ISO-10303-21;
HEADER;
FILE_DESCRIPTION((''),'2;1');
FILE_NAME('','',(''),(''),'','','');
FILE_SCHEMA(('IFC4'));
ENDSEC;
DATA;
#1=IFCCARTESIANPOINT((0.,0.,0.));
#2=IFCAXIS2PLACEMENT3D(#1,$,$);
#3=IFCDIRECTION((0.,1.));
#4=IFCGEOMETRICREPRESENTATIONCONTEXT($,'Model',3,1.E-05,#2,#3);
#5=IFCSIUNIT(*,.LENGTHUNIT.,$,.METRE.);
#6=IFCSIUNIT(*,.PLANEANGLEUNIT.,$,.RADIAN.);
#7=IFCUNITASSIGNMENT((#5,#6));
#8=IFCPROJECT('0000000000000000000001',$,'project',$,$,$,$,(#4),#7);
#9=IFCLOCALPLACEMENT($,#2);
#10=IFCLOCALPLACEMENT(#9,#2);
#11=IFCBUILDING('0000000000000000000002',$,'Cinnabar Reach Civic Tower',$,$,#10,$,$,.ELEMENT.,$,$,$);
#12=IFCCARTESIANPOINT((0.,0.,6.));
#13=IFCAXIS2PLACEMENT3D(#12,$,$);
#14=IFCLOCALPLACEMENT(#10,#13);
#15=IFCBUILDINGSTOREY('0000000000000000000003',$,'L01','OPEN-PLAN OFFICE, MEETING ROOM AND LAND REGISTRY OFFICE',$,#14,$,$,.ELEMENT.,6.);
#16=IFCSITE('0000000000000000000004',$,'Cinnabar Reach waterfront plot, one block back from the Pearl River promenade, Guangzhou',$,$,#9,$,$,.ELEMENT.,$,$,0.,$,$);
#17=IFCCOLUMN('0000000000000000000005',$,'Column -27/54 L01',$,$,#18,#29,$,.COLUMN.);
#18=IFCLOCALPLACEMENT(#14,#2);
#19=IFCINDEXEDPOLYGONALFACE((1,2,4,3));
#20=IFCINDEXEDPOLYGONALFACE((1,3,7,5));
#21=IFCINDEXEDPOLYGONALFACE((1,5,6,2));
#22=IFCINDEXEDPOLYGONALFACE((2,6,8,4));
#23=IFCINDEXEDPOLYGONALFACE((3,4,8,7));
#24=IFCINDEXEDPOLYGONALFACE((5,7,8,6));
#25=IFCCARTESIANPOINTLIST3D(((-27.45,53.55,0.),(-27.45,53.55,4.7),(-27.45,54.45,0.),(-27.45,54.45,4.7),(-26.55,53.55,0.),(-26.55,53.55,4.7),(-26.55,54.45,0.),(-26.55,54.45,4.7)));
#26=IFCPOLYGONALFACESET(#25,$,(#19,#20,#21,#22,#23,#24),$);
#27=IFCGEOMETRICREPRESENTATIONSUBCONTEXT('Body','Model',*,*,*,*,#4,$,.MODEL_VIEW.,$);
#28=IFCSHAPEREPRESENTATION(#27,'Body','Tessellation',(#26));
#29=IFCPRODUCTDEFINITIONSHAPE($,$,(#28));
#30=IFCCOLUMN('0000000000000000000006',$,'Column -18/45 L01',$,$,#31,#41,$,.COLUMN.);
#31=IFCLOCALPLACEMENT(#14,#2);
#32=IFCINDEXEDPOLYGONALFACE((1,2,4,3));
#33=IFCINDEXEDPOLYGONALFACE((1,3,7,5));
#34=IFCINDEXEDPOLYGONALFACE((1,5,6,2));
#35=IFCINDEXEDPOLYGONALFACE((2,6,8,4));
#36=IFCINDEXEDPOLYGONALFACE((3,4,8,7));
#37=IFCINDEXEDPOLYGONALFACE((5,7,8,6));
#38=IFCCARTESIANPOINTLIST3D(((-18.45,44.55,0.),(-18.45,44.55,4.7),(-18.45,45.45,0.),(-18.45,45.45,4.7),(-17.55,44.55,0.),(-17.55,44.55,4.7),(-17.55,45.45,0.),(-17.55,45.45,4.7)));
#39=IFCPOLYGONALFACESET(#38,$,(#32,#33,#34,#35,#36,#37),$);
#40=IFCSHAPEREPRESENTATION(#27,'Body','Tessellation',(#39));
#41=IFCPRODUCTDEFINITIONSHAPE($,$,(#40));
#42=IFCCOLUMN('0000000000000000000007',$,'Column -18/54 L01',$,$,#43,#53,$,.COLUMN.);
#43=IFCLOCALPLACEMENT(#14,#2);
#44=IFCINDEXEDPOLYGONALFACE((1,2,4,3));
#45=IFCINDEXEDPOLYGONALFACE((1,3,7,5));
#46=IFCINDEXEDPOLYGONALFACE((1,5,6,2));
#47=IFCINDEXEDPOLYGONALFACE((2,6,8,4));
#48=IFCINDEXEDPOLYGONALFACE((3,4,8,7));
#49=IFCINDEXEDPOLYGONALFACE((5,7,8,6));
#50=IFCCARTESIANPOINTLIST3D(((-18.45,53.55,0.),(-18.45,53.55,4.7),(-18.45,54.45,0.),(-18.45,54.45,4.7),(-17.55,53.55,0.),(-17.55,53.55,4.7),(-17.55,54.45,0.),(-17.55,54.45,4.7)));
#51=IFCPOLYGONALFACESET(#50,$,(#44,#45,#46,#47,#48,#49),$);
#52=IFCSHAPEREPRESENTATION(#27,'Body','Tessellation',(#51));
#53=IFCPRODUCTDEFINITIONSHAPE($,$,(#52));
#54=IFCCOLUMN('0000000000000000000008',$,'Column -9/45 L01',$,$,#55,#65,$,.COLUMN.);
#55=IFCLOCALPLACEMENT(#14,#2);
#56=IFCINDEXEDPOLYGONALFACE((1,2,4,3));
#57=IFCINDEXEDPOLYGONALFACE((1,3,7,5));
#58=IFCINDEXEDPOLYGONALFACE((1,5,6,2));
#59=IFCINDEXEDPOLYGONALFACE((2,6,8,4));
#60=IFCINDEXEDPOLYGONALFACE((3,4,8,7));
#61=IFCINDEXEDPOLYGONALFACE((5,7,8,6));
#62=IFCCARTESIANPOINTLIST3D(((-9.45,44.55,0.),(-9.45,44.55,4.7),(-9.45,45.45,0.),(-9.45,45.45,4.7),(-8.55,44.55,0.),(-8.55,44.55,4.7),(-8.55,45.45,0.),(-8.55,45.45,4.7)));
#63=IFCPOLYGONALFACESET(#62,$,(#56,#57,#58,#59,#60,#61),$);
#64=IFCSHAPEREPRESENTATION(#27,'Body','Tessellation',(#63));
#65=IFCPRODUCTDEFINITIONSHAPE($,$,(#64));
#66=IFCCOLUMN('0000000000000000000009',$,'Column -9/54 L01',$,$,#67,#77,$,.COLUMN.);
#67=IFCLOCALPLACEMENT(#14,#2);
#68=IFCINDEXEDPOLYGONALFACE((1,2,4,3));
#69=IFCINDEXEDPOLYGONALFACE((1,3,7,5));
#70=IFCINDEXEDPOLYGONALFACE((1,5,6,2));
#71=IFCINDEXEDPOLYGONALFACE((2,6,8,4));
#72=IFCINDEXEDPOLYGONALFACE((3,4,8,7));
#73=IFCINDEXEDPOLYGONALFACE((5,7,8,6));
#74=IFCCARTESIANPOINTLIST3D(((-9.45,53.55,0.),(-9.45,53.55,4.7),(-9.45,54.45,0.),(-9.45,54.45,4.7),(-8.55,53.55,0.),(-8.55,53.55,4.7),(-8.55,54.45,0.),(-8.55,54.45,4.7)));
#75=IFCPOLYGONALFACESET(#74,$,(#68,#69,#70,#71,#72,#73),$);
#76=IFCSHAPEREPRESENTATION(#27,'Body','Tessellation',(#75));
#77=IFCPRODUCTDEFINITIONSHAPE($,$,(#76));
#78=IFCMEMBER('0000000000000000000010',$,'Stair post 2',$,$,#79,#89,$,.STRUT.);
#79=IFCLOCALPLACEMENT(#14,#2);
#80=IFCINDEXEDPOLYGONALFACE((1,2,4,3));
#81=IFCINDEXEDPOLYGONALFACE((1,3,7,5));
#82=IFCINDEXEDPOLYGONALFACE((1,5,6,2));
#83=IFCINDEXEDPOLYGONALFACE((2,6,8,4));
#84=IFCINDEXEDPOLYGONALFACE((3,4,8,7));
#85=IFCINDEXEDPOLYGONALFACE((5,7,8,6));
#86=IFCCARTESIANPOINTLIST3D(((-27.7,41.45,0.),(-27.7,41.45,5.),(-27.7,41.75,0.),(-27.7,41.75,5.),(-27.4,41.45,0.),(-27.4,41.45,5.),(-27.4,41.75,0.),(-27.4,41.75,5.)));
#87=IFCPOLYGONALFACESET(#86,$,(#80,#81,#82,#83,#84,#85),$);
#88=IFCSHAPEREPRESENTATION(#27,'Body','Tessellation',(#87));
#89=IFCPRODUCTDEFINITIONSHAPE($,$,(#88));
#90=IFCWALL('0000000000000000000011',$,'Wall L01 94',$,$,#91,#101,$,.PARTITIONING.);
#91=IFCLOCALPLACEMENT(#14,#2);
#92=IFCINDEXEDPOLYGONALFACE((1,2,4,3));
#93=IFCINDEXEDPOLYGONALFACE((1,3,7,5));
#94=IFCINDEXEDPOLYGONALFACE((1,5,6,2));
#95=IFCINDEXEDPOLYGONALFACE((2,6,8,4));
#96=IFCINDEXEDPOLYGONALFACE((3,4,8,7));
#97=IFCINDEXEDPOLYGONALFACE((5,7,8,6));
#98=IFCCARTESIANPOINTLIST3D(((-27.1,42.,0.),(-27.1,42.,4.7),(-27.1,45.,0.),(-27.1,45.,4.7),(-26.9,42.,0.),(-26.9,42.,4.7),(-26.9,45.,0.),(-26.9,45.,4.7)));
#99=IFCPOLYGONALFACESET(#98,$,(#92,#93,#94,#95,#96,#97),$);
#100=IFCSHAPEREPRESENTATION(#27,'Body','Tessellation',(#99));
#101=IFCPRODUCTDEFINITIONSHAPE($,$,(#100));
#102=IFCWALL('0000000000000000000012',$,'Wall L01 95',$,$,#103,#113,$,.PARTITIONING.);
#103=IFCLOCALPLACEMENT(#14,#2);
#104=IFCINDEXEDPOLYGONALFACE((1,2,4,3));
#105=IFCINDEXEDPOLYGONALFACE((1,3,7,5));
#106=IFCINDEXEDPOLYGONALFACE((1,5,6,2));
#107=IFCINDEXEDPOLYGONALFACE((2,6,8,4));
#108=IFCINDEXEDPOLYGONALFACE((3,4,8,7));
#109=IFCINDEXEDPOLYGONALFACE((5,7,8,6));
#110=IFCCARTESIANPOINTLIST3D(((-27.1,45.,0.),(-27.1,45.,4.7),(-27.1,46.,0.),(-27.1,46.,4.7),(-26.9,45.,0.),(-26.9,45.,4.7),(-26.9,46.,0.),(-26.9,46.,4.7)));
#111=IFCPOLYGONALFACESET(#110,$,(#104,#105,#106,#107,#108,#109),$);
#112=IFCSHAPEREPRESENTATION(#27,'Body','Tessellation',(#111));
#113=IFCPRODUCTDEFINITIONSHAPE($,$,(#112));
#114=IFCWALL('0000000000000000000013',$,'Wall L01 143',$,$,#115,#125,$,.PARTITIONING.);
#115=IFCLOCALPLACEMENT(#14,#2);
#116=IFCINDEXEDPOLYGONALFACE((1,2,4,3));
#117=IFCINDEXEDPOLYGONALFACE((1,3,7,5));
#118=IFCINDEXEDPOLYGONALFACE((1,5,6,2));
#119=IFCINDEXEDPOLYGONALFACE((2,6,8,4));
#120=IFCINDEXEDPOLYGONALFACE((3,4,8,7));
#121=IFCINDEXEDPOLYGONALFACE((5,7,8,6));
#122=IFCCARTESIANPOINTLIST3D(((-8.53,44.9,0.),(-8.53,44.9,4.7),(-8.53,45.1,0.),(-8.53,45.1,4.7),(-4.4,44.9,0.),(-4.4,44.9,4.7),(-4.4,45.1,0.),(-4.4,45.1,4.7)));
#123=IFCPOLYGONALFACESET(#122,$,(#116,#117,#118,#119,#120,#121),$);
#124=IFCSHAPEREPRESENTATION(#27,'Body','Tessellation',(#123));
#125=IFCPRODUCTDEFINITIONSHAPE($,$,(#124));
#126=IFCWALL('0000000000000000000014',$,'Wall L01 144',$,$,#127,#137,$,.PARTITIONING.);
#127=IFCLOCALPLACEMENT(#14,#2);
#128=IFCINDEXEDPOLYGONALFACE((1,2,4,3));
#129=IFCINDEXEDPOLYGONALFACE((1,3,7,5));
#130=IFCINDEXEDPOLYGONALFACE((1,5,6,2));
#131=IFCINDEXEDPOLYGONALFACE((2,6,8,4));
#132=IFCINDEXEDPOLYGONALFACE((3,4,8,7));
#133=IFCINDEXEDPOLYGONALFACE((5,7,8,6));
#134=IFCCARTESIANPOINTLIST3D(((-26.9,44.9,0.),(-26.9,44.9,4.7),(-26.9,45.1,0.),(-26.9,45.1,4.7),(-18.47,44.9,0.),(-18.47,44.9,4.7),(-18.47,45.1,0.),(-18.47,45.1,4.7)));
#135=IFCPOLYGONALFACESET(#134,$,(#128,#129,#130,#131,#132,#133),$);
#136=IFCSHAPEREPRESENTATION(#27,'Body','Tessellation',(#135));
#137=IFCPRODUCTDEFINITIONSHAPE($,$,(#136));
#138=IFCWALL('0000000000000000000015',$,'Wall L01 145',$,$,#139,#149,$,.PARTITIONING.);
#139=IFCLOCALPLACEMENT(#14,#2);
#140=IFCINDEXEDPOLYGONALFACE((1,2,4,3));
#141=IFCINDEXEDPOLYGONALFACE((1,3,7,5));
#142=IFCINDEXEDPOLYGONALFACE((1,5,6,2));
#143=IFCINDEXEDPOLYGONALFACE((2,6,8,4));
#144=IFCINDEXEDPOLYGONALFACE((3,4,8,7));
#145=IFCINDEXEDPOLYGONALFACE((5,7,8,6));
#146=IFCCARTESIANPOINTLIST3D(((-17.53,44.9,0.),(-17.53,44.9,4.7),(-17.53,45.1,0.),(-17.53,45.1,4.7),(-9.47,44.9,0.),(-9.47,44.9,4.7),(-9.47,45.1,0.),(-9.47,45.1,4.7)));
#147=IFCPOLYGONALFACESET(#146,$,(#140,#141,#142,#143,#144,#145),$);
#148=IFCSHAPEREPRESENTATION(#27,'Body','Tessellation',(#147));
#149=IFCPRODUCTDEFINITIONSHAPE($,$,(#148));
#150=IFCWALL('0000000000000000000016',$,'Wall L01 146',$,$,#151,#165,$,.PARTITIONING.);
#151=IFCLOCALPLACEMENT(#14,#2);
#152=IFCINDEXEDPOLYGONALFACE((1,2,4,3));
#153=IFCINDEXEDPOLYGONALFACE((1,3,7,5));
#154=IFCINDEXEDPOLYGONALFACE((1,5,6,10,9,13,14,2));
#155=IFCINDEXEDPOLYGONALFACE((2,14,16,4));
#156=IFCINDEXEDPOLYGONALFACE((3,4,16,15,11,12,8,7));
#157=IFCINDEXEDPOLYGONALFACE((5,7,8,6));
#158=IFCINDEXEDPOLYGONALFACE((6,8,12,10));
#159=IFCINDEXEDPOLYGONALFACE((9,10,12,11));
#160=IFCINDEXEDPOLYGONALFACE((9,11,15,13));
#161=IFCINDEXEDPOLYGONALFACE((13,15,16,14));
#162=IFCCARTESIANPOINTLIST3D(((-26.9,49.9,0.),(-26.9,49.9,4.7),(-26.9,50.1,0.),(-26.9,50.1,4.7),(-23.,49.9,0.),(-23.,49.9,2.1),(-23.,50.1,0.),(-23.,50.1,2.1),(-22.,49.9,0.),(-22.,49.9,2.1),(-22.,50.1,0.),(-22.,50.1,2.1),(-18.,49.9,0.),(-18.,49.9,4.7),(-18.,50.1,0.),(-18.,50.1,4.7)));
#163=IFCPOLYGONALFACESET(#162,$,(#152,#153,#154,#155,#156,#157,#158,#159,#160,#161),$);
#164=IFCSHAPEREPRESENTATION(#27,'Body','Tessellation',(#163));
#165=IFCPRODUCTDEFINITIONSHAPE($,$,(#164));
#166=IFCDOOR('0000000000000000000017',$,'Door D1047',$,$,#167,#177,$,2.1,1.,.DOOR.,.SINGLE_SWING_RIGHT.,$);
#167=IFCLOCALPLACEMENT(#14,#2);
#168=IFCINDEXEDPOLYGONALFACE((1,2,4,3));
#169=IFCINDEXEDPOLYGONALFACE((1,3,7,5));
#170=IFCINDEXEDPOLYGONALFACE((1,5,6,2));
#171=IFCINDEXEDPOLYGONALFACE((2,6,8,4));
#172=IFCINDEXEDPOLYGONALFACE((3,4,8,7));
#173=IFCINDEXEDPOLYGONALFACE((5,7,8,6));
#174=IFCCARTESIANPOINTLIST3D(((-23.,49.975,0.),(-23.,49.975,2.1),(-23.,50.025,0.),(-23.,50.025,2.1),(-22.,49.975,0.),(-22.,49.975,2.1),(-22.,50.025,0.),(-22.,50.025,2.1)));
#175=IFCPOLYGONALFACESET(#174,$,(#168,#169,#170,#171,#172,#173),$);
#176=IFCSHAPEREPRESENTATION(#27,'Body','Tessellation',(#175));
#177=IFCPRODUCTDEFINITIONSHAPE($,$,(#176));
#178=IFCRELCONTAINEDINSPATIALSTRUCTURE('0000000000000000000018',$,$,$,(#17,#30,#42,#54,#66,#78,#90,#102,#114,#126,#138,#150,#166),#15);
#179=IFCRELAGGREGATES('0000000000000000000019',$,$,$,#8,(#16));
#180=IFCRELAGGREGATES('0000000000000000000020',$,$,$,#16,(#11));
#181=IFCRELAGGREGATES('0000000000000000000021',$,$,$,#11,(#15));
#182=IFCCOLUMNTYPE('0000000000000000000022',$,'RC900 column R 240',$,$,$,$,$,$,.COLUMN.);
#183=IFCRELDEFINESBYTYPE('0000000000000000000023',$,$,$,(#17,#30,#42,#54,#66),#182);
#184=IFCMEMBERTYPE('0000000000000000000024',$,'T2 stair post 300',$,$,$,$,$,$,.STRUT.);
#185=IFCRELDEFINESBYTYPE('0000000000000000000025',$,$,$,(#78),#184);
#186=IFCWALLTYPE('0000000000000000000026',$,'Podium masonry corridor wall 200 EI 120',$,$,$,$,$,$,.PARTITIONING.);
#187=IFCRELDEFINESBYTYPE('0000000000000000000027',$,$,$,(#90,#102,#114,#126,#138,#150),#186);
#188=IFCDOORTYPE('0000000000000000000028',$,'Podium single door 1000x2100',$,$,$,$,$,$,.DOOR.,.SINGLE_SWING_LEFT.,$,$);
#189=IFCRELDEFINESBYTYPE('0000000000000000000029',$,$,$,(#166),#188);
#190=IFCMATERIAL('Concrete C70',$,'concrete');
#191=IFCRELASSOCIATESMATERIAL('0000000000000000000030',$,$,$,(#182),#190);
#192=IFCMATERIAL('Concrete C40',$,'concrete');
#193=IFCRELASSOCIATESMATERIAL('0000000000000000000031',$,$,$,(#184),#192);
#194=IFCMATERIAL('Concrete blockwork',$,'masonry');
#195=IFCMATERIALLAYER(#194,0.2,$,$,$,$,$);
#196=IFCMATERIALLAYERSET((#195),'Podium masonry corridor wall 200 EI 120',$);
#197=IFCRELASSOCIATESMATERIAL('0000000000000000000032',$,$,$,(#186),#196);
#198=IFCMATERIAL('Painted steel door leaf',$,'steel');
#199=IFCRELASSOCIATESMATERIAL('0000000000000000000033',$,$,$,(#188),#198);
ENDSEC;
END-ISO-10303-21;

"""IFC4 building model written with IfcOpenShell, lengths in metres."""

from ifc_helpers import new_model, si_unit, direction, frame, frame_2d, origin, origin_2d, place, context, subcontext, project, spatial, rectangle, extrude, material, layer, layer_set, material_profile, profile_set, type_object, element, fill, save


model = new_model("IFC4")

# Units and contexts
model_context = context("Model", 3, precision=1e-05, world=origin(), true_north=direction((0.0, 1.0)))
body_context = subcontext(model_context, "Body", "Model", "MODEL_VIEW")
ifc_project = project(units=[si_unit("LENGTHUNIT", "METRE"), si_unit("PLANEANGLEUNIT", "RADIAN")], contexts=[model_context])

# Site, building, storey
site_placement = place(None, origin())
site = spatial("IfcSite", under=ifc_project, at=site_placement, Name="Cinnabar Reach waterfront plot, one block back from the Pearl River promenade, Guangzhou", CompositionType="ELEMENT", RefElevation=0.0)
building_placement = place(site_placement, origin())
building = spatial("IfcBuilding", under=site, at=building_placement, Name="Cinnabar Reach Civic Tower", CompositionType="ELEMENT")
storey_placement = place(building_placement, frame((0.0, 0.0, 6.0)))
storey = spatial("IfcBuildingStorey", under=building, at=storey_placement, Name="L01", Description="OPEN-PLAN OFFICE, MEETING ROOM AND LAND REGISTRY OFFICE", CompositionType="ELEMENT", Elevation=6.0)

# Columns
ifc_material_1 = material(Name="Concrete C70", Category="concrete")
ifc_material_profile_1 = material_profile(ifc_material_1, rectangle(XDim=0.9, YDim=0.9, at=origin_2d()), Name="RC900")
ifc_profile_set_1 = profile_set([ifc_material_profile_1], Name="Concrete C70")
column_type = type_object("IfcColumnType", Name="RC900 column R 240", PredefinedType="COLUMN", material=ifc_profile_set_1)
for number, where, z_axis, x_axis, name in (
    (1, (-27.0, 54.0, 0.0), (0.0, 0.0, 1.0), (1.0, 0.0, 0.0), "Column -27/54 L01"),
    (2, (-18.0, 45.0, 0.0), (0.0, 0.0, 1.0), (1.0, 0.0, 0.0), "Column -18/45 L01"),
    (3, (-18.0, 54.0, 0.0), (0.0, 0.0, 1.0), (1.0, 0.0, 0.0), "Column -18/54 L01"),
    (4, (-9.0, 45.0, 0.0), (0.0, 0.0, 1.0), (1.0, 0.0, 0.0), "Column -9/45 L01"),
    (5, (-9.0, 54.0, 0.0), (0.0, 0.0, 1.0), (1.0, 0.0, 0.0), "Column -9/54 L01"),
):
    element("IfcColumn", number, at=place(storey_placement, frame(where, z_axis=z_axis, x_axis=x_axis)), inside=storey, type_object=column_type, Name=name, PredefinedType="COLUMN", context=body_context, shape_type="SweptSolid", body=[
        extrude(rectangle(XDim=0.9, YDim=0.9, at=origin_2d()), origin(), (0.0, 0.0, 1.0), 4.7),
    ])

# Member
ifc_material_2 = material(Name="Concrete C40", Category="concrete")
ifc_material_profile_2 = material_profile(ifc_material_2, rectangle(XDim=0.3, YDim=0.3, at=origin_2d()), Name="C300")
ifc_profile_set_2 = profile_set([ifc_material_profile_2], Name="Concrete C40")
member_type = type_object("IfcMemberType", Name="T2 stair post 300", PredefinedType="STRUT", material=ifc_profile_set_2)
member_placement = place(storey_placement, frame((-27.55, 41.6, 0.0), z_axis=(0.0, 0.0, 1.0), x_axis=(1.0, 0.0, 0.0)))
element("IfcMember", 6, at=member_placement, inside=storey, type_object=member_type, Name="Stair post 2", PredefinedType="STRUT", context=body_context, shape_type="SweptSolid", body=[
    extrude(rectangle(XDim=0.3, YDim=0.3, at=origin_2d()), origin(), (0.0, 0.0, 1.0), 5.0),
])

# Walls
ifc_material_3 = material(Name="Concrete blockwork", Category="masonry")
ifc_layer_1 = layer(ifc_material_3, 0.2)
ifc_layer_set_1 = layer_set([ifc_layer_1], Name="Podium masonry corridor wall 200 EI 120")
wall_type_1 = type_object("IfcWallType", Name="Podium masonry corridor wall 200 EI 120", PredefinedType="PARTITIONING", material=ifc_layer_set_1)
wall_1_placement = place(storey_placement, frame((-27.0, 42.0, 0.0), z_axis=(0.0, 0.0, 1.0), x_axis=(0.0, 1.0, 0.0)))
element("IfcWall", 7, at=wall_1_placement, inside=storey, type_object=wall_type_1, Name="Wall L01 94", PredefinedType="PARTITIONING", context=body_context, shape_type="SweptSolid", body=[
    extrude(rectangle(XDim=3.0, YDim=0.2, at=frame_2d((1.5, 0.0))), origin(), (0.0, 0.0, 1.0), 4.7),
])
wall_2_placement = place(storey_placement, frame((-27.0, 45.0, 0.0), z_axis=(0.0, 0.0, 1.0), x_axis=(0.0, 1.0, 0.0)))
element("IfcWall", 8, at=wall_2_placement, inside=storey, type_object=wall_type_1, Name="Wall L01 95", PredefinedType="PARTITIONING", context=body_context, shape_type="SweptSolid", body=[
    extrude(rectangle(XDim=1.0, YDim=0.2, at=frame_2d((0.5, 0.0))), origin(), (0.0, 0.0, 1.0), 4.7),
])
wall_3_placement = place(storey_placement, frame((-8.53, 45.0, 0.0), z_axis=(0.0, 0.0, 1.0), x_axis=(1.0, 0.0, 0.0)))
element("IfcWall", 9, at=wall_3_placement, inside=storey, type_object=wall_type_1, Name="Wall L01 143", PredefinedType="PARTITIONING", context=body_context, shape_type="SweptSolid", body=[
    extrude(rectangle(XDim=4.13, YDim=0.2, at=frame_2d((2.065, 0.0))), origin(), (0.0, 0.0, 1.0), 4.7),
])
wall_4_placement = place(storey_placement, frame((-26.9, 45.0, 0.0), z_axis=(0.0, 0.0, 1.0), x_axis=(1.0, 0.0, 0.0)))
element("IfcWall", 10, at=wall_4_placement, inside=storey, type_object=wall_type_1, Name="Wall L01 144", PredefinedType="PARTITIONING", context=body_context, shape_type="SweptSolid", body=[
    extrude(rectangle(XDim=8.43, YDim=0.2, at=frame_2d((4.215, 0.0))), origin(), (0.0, 0.0, 1.0), 4.7),
])
wall_5_placement = place(storey_placement, frame((-17.53, 45.0, 0.0), z_axis=(0.0, 0.0, 1.0), x_axis=(1.0, 0.0, 0.0)))
element("IfcWall", 11, at=wall_5_placement, inside=storey, type_object=wall_type_1, Name="Wall L01 145", PredefinedType="PARTITIONING", context=body_context, shape_type="SweptSolid", body=[
    extrude(rectangle(XDim=8.06, YDim=0.2, at=frame_2d((4.03, 0.0))), origin(), (0.0, 0.0, 1.0), 4.7),
])

# Wall, opening, door
wall_6_placement = place(storey_placement, frame((-26.9, 50.0, 0.0), z_axis=(0.0, 0.0, 1.0), x_axis=(1.0, 0.0, 0.0)))
wall_6 = element("IfcWall", 12, at=wall_6_placement, inside=storey, type_object=wall_type_1, Name="Wall L01 146", PredefinedType="PARTITIONING", context=body_context, shape_type="SweptSolid", body=[
    extrude(rectangle(XDim=8.9, YDim=0.2, at=frame_2d((4.45, 0.0))), origin(), (0.0, 0.0, 1.0), 4.7),
])
opening_1_placement = place(wall_6_placement, frame((3.9, 0.0, 0.0)))
opening_1 = element("IfcOpeningElement", 13, at=opening_1_placement, cuts=wall_6, PredefinedType="OPENING", context=body_context, shape_type="SweptSolid", body=[
    extrude(rectangle(XDim=1.0, YDim=2.1, at=frame_2d((0.5, 1.05))), frame((0.0, 0.11, 0.0), z_axis=(0.0, -1.0, 0.0), x_axis=(1.0, 0.0, 0.0)), (0.0, 0.0, 1.0), 0.22),
])
ifc_material_4 = material(Name="Painted steel door leaf", Category="steel")
door_type = type_object("IfcDoorType", Name="Podium single door 1000x2100", OperationType="SINGLE_SWING_LEFT", PredefinedType="DOOR", material=ifc_material_4)
door_1_placement = place(opening_1_placement, origin())
door_1 = element("IfcDoor", 14, at=door_1_placement, inside=storey, type_object=door_type, Name="Door D1047", OperationType="SINGLE_SWING_RIGHT", OverallHeight=2.1, OverallWidth=1.0, PredefinedType="DOOR", context=body_context, shape_type="SweptSolid", body=[
    extrude(rectangle(XDim=1.0, YDim=2.1, at=frame_2d((0.5, 1.05))), frame((0.0, 0.025, 0.0), z_axis=(0.0, -1.0, 0.0), x_axis=(1.0, 0.0, 0.0)), (0.0, 0.0, 1.0), 0.05),
])
fill(opening_1, door_1)

save(model, "model.ifc")
